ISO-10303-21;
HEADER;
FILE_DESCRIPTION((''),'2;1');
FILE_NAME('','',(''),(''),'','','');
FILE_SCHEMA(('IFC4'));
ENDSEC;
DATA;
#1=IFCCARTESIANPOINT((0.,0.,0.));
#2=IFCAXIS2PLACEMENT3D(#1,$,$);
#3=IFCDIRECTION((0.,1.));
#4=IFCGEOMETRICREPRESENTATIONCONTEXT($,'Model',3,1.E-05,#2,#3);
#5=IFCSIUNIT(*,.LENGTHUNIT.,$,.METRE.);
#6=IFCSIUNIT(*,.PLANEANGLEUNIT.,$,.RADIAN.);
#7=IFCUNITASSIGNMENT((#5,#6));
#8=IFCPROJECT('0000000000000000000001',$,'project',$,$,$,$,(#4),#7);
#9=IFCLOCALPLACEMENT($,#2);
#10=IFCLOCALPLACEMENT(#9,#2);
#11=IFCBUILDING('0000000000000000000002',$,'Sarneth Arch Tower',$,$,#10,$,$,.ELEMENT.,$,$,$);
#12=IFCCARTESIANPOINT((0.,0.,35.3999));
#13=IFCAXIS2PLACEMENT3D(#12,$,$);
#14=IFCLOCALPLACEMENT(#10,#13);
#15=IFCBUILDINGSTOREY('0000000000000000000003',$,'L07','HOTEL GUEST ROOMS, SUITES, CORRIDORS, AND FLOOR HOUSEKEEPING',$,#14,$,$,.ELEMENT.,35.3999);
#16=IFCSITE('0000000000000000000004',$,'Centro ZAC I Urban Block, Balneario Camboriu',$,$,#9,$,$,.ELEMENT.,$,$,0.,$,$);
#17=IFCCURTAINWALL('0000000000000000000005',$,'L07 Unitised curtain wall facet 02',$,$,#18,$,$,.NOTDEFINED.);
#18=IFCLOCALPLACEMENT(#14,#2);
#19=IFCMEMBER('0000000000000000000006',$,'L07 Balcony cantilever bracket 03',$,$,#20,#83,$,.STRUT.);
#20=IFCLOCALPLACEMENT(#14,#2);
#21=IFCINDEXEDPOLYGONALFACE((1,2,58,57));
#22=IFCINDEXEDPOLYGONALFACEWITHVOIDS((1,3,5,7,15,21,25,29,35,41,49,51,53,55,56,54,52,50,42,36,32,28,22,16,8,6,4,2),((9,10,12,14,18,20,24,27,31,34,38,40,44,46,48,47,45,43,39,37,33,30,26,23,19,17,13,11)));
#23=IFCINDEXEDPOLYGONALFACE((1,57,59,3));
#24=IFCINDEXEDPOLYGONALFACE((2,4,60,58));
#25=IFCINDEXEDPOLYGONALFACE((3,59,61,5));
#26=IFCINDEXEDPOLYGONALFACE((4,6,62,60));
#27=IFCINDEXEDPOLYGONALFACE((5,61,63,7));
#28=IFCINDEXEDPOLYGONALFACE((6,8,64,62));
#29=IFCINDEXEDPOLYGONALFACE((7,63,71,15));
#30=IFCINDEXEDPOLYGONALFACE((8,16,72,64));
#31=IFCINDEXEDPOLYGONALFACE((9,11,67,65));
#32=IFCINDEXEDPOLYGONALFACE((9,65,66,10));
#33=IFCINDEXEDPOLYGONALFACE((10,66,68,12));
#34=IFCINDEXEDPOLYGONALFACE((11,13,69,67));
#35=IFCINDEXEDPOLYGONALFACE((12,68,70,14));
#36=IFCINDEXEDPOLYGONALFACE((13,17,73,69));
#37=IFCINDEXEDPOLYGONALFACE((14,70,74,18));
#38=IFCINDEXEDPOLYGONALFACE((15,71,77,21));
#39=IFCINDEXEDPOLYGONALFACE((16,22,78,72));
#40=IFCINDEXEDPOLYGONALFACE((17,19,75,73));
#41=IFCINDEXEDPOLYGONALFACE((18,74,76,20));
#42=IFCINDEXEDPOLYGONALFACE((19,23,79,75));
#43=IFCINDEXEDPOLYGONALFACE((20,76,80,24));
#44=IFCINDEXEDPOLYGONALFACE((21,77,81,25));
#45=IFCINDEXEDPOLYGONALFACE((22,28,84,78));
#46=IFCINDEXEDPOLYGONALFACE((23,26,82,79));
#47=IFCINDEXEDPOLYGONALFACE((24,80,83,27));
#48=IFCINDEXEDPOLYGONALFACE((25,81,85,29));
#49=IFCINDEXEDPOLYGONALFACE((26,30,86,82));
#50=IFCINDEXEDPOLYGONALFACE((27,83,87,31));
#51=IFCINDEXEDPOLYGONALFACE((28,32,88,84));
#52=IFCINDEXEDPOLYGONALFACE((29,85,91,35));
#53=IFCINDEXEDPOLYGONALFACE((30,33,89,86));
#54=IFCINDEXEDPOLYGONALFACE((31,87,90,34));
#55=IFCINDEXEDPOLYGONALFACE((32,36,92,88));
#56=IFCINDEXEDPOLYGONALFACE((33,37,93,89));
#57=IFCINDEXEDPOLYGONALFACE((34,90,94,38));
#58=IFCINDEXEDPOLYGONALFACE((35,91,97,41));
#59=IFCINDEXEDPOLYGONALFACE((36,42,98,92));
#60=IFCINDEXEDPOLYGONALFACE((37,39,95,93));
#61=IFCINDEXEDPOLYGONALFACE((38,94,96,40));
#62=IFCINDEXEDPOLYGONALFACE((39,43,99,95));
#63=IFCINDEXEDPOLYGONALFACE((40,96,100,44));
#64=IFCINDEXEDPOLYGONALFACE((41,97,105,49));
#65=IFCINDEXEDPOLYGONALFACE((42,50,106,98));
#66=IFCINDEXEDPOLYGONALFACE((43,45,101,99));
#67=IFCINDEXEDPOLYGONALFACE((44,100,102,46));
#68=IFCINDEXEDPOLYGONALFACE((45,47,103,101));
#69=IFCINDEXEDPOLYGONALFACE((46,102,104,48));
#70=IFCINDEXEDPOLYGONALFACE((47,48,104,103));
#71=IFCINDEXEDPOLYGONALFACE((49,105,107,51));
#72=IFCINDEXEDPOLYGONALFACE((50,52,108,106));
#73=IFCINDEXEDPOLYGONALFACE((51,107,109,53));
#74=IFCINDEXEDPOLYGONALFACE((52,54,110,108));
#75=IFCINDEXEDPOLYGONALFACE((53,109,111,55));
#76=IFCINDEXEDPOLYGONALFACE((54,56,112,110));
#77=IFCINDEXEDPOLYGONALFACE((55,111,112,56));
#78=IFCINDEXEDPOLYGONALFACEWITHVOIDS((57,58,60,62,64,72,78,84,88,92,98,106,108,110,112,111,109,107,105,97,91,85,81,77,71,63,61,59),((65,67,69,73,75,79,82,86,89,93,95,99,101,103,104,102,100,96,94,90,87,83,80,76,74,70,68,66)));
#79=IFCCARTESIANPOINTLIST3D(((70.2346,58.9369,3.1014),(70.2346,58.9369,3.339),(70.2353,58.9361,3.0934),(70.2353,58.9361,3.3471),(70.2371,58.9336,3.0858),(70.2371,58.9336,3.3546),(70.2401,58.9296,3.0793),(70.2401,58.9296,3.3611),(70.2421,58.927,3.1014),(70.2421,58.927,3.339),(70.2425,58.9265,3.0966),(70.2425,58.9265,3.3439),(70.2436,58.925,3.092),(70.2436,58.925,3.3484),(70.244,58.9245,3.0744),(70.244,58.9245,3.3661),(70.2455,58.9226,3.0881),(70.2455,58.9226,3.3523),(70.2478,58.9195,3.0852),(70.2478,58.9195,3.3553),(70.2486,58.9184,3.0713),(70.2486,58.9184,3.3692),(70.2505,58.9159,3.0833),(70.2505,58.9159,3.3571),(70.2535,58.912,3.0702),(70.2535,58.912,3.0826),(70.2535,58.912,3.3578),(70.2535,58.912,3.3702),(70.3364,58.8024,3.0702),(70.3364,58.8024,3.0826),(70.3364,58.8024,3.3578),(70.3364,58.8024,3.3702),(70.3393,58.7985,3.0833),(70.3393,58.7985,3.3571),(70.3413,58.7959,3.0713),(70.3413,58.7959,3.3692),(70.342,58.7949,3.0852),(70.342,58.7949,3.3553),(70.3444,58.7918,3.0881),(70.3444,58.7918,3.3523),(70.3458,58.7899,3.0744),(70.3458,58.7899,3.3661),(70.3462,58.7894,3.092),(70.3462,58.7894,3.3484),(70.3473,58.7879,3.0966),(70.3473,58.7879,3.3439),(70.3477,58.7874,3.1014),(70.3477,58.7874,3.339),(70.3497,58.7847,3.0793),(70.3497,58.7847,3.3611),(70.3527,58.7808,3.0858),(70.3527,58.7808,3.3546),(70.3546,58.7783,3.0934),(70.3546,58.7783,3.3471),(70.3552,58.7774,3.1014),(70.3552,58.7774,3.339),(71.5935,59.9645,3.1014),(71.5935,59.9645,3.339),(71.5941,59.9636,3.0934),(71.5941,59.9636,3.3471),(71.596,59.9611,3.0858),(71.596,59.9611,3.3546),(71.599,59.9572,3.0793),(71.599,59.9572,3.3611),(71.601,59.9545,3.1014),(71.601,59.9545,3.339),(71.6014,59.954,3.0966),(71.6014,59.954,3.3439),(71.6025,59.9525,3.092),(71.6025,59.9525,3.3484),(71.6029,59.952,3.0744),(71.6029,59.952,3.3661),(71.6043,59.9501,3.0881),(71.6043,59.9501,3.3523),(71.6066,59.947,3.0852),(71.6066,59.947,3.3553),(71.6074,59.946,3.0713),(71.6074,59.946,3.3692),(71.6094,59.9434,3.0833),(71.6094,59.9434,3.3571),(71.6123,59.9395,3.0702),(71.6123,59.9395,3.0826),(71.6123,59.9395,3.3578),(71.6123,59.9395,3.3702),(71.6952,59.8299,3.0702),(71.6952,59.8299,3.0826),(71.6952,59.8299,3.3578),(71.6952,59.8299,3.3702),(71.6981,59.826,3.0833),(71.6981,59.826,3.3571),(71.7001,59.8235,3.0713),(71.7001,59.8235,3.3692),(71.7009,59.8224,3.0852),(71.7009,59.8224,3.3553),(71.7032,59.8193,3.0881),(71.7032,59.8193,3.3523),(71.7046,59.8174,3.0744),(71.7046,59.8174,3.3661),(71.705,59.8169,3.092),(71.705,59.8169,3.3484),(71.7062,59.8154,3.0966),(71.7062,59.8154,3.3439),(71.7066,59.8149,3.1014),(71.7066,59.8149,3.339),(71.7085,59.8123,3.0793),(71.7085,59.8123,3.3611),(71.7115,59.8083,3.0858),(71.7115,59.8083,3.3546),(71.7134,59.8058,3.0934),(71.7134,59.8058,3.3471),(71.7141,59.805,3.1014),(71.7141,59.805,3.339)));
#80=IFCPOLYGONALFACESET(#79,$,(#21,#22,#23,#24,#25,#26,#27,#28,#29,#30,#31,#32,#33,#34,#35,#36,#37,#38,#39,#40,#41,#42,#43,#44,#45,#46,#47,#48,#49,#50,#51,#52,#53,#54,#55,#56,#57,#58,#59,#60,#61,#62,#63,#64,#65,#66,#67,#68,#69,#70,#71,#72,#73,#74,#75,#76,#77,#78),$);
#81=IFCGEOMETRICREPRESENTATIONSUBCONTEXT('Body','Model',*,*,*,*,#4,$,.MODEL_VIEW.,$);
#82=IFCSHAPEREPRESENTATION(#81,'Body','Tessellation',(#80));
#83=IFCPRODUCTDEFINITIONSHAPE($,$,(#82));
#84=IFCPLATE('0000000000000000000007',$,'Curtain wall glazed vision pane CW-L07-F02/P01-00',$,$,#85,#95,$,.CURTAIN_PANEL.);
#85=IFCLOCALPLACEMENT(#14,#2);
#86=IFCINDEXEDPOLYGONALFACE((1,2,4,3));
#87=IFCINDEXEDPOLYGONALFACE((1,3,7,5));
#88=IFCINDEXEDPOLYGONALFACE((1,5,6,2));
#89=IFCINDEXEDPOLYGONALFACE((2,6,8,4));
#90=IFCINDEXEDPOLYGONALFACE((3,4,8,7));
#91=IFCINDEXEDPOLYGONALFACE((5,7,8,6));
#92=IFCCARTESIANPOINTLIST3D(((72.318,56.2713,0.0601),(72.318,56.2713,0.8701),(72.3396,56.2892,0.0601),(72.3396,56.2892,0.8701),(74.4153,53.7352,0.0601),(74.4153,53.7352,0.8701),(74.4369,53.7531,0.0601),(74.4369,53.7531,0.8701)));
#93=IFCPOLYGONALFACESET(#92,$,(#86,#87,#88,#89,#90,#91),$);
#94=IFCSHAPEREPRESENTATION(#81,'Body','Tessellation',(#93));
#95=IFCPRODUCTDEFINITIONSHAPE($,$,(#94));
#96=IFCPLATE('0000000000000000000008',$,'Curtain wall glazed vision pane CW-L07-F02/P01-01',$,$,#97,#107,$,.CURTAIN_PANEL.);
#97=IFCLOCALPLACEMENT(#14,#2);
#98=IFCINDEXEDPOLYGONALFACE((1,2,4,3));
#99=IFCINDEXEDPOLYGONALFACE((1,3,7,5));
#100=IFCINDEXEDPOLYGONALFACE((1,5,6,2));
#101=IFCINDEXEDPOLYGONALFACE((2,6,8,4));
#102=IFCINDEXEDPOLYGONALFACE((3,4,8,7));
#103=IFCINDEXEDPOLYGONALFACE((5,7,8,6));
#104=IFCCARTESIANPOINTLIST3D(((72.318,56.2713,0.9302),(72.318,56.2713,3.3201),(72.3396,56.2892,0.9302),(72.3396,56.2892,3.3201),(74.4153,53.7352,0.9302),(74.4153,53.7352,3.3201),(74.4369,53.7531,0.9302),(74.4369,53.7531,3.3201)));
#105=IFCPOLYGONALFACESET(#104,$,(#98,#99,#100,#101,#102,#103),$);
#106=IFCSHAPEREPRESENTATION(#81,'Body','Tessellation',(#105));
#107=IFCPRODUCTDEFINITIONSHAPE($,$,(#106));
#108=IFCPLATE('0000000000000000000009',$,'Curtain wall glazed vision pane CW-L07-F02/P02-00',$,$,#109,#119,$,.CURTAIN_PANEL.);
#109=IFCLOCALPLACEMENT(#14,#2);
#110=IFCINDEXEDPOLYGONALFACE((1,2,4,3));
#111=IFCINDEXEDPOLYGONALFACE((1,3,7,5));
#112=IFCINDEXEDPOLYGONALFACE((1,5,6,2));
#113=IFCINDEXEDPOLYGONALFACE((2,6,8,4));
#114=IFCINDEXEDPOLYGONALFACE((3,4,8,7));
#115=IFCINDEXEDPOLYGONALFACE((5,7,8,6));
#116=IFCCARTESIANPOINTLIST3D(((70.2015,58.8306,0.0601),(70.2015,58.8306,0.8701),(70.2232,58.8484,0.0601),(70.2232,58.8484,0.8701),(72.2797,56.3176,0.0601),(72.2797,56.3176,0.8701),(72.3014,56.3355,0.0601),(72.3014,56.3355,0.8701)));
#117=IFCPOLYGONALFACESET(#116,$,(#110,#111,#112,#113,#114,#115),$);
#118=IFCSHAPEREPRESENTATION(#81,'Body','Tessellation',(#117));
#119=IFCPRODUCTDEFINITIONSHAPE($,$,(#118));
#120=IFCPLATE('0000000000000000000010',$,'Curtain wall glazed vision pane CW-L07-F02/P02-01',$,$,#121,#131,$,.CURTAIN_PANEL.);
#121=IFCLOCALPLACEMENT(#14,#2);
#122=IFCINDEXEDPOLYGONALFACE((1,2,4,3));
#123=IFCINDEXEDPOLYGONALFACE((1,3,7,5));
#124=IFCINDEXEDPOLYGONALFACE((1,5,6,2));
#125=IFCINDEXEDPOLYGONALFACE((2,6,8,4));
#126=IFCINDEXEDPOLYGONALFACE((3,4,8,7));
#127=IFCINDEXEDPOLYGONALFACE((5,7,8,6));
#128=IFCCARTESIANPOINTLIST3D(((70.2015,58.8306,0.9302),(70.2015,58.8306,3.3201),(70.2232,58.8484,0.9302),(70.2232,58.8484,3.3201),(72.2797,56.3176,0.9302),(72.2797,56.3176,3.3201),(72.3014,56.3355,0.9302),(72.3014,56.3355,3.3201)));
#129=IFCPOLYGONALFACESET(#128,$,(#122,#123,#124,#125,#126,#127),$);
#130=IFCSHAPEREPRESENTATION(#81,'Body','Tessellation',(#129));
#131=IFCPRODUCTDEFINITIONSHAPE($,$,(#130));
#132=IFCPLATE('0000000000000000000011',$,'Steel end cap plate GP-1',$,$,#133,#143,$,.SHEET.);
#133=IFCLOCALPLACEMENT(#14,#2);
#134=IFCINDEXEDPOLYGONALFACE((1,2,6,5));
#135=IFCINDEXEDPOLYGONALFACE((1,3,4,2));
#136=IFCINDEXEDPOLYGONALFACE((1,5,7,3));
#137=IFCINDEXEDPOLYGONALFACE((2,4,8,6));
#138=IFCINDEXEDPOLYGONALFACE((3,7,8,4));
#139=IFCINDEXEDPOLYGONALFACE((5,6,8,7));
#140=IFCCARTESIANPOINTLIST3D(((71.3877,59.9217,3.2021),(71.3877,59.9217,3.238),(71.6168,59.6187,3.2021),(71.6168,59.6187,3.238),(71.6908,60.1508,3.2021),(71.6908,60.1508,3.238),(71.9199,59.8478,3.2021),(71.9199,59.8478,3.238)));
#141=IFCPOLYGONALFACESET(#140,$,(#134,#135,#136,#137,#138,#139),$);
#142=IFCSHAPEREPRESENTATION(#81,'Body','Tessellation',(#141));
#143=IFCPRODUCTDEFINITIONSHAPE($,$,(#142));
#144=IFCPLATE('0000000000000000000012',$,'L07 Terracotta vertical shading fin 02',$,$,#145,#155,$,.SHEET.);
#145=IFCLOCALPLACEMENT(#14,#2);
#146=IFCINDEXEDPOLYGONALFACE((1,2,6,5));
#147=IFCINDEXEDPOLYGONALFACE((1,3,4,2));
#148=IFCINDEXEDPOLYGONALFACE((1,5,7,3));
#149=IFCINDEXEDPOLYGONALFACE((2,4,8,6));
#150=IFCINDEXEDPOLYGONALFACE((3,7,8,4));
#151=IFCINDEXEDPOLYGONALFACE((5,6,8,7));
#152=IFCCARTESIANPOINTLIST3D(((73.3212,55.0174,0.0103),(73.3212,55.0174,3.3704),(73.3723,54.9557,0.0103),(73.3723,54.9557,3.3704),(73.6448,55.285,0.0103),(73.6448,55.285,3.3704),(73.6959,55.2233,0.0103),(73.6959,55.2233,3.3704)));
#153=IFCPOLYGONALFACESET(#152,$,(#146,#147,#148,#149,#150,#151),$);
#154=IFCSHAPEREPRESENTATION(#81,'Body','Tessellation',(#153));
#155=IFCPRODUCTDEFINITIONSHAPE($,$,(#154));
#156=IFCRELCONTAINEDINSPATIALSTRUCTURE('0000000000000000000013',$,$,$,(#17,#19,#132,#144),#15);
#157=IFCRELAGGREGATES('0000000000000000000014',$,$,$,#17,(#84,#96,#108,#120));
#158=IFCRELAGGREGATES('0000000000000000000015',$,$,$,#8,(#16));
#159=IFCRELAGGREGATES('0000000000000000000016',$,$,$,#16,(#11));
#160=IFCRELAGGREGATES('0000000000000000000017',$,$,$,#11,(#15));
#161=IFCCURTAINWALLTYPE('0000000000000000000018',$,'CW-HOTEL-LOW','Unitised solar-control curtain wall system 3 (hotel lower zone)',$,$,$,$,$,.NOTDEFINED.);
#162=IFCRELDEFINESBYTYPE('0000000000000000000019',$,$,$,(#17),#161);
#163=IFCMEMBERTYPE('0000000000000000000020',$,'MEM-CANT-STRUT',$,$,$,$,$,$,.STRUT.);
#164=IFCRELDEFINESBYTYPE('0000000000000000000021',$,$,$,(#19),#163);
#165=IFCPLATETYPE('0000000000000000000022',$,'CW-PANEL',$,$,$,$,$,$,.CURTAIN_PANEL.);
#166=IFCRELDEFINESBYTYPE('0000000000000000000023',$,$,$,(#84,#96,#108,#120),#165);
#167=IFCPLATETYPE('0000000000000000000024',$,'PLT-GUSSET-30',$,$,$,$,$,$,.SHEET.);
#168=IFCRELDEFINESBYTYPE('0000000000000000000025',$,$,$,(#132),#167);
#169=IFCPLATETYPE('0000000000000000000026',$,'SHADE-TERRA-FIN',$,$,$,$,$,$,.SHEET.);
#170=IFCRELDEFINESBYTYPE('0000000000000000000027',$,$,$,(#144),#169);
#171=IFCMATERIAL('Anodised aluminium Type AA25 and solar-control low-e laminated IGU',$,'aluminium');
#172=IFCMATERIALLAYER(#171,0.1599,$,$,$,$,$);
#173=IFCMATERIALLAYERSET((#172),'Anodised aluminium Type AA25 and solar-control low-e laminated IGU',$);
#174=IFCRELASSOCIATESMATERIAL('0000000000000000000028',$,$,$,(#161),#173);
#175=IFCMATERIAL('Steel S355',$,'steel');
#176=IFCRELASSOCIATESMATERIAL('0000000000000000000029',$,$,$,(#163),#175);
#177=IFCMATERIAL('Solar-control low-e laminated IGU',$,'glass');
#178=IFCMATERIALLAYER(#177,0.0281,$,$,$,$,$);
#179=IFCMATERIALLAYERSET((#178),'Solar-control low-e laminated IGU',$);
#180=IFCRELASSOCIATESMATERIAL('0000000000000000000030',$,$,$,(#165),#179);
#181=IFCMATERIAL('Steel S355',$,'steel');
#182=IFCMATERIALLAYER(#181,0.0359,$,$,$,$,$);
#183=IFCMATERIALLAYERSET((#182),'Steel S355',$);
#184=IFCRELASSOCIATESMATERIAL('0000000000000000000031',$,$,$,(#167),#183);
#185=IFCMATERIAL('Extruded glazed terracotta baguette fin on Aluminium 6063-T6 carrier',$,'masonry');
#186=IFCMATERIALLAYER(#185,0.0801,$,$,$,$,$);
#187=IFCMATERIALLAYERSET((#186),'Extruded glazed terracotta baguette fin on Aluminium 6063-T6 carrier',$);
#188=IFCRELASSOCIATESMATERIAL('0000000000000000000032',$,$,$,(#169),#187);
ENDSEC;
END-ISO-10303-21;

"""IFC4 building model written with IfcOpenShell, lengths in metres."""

from ifc_helpers import new_model, si_unit, direction, frame, origin, origin_2d, place, context, subcontext, project, spatial, rectangle, hollow_rectangle, extrude, material, layer, layer_set, material_profile, profile_set, type_object, element, aggregate, save


model = new_model("IFC4")

# Units and contexts
model_context = context("Model", 3, precision=1e-05, world=origin(), true_north=direction((0.0, 1.0)))
body_context = subcontext(model_context, "Body", "Model", "MODEL_VIEW")
ifc_project = project(units=[si_unit("LENGTHUNIT", "METRE"), si_unit("PLANEANGLEUNIT", "RADIAN")], contexts=[model_context])

# Site, building, storey
site_placement = place(None, origin())
site = spatial("IfcSite", under=ifc_project, at=site_placement, Name="Centro ZAC I Urban Block, Balneario Camboriu", CompositionType="ELEMENT", RefElevation=0.0)
building_placement = place(site_placement, origin())
building = spatial("IfcBuilding", under=site, at=building_placement, Name="Sarneth Arch Tower", CompositionType="ELEMENT")
storey_placement = place(building_placement, frame((0.0, 0.0, 35.3999)))
storey = spatial("IfcBuildingStorey", under=building, at=storey_placement, Name="L07", Description="HOTEL GUEST ROOMS, SUITES, CORRIDORS, AND FLOOR HOUSEKEEPING", CompositionType="ELEMENT", Elevation=35.3999)

# Curtain wall
ifc_material_1 = material(Name="Anodised aluminium Type AA25 and solar-control low-e laminated IGU", Category="aluminium")
ifc_layer_1 = layer(ifc_material_1, 0.1599)
ifc_layer_set_1 = layer_set([ifc_layer_1], Name="Anodised aluminium Type AA25 and solar-control low-e laminated IGU")
curtain_wall_type = type_object("IfcCurtainWallType", Name="CW-HOTEL-LOW", Description="Unitised solar-control curtain wall system 3 (hotel lower zone)", PredefinedType="NOTDEFINED", material=ifc_layer_set_1)
curtain_wall_placement = place(storey_placement, origin())
curtain_wall = element("IfcCurtainWall", 1, at=curtain_wall_placement, inside=storey, type_object=curtain_wall_type, Name="L07 Unitised curtain wall facet 02", PredefinedType="NOTDEFINED")

# Member
ifc_material_2 = material(Name="Steel S355", Category="steel")
ifc_material_profile_1 = material_profile(ifc_material_2, hollow_rectangle(XDim=0.2, YDim=0.3, WallThickness=0.0125, InnerFilletRadius=0.0188, OuterFilletRadius=0.0312, at=origin_2d()), Name="RHS300x200x12.5")
ifc_profile_set_1 = profile_set([ifc_material_profile_1], Name="Steel S355")
member_type_1 = type_object("IfcMemberType", Name="MEM-CANT-STRUT", PredefinedType="STRUT", material=ifc_profile_set_1)
member_1_placement = place(storey_placement, frame((70.2949, 58.8572, 3.2202), z_axis=(0.797621, 0.603159, 0.0), x_axis=(-0.603159, 0.797621, 0.0)))
element("IfcMember", 2, at=member_1_placement, inside=storey, type_object=member_type_1, Name="L07 Balcony cantilever bracket 03", PredefinedType="STRUT", context=body_context, shape_type="SweptSolid", body=[
    extrude(hollow_rectangle(XDim=0.2, YDim=0.3, WallThickness=0.0125, InnerFilletRadius=0.0188, OuterFilletRadius=0.0312, at=origin_2d()), origin(), (0.0, 0.0, 1.0), 1.7036),
])

# Plates
ifc_material_3 = material(Name="Solar-control low-e laminated IGU", Category="glass")
ifc_layer_2 = layer(ifc_material_3, 0.0281)
ifc_layer_set_2 = layer_set([ifc_layer_2], Name="Solar-control low-e laminated IGU")
plate_type_1 = type_object("IfcPlateType", Name="CW-PANEL", PredefinedType="CURTAIN_PANEL", material=ifc_layer_set_2)
plate_1_placement = place(storey_placement, frame((73.3774, 55.0122, 0.0601), z_axis=(0.0, 0.0, 1.0), x_axis=(-0.637291, 0.770623, 0.0)))
plate_1 = element("IfcPlate", 3, at=plate_1_placement, type_object=plate_type_1, Name="Curtain wall glazed vision pane CW-L07-F02/P01-00", PredefinedType="CURTAIN_PANEL", context=body_context, shape_type="SweptSolid", body=[
    extrude(rectangle(XDim=3.291, YDim=0.0281, at=origin_2d()), origin(), (0.0, 0.0, 1.0), 0.8101),
])
plate_2_placement = place(storey_placement, frame((73.3774, 55.0122, 0.9302), z_axis=(0.0, 0.0, 1.0), x_axis=(-0.637291, 0.770623, 0.0)))
plate_2 = element("IfcPlate", 4, at=plate_2_placement, type_object=plate_type_1, Name="Curtain wall glazed vision pane CW-L07-F02/P01-01", PredefinedType="CURTAIN_PANEL", context=body_context, shape_type="SweptSolid", body=[
    extrude(rectangle(XDim=3.291, YDim=0.0281, at=origin_2d()), origin(), (0.0, 0.0, 1.0), 2.3899),
])
plate_3_placement = place(storey_placement, frame((71.2515, 57.583, 0.0601), z_axis=(0.0, 0.0, 1.0), x_axis=(-0.637291, 0.770623, 0.0)))
plate_3 = element("IfcPlate", 5, at=plate_3_placement, type_object=plate_type_1, Name="Curtain wall glazed vision pane CW-L07-F02/P02-00", PredefinedType="CURTAIN_PANEL", context=body_context, shape_type="SweptSolid", body=[
    extrude(rectangle(XDim=3.261, YDim=0.0281, at=origin_2d()), origin(), (0.0, 0.0, 1.0), 0.8101),
])
plate_4_placement = place(storey_placement, frame((71.2515, 57.583, 0.9302), z_axis=(0.0, 0.0, 1.0), x_axis=(-0.637291, 0.770623, 0.0)))
plate_4 = element("IfcPlate", 6, at=plate_4_placement, type_object=plate_type_1, Name="Curtain wall glazed vision pane CW-L07-F02/P02-01", PredefinedType="CURTAIN_PANEL", context=body_context, shape_type="SweptSolid", body=[
    extrude(rectangle(XDim=3.261, YDim=0.0281, at=origin_2d()), origin(), (0.0, 0.0, 1.0), 2.3899),
])
aggregate(curtain_wall, [plate_1, plate_2, plate_3, plate_4])

# Plates
ifc_material_4 = material(Name="Steel S355", Category="steel")
ifc_layer_3 = layer(ifc_material_4, 0.0359)
ifc_layer_set_3 = layer_set([ifc_layer_3], Name="Steel S355")
plate_type_2 = type_object("IfcPlateType", Name="PLT-GUSSET-30", PredefinedType="SHEET", material=ifc_layer_set_3)
plate_5_placement = place(storey_placement, frame((71.6538, 59.8848, 3.2021), z_axis=(0.0, 0.0, 1.0), x_axis=(0.797689, 0.603069, 0.0)))
element("IfcPlate", 7, at=plate_5_placement, inside=storey, type_object=plate_type_2, Name="Steel end cap plate GP-1", PredefinedType="SHEET", context=body_context, shape_type="SweptSolid", body=[
    extrude(rectangle(XDim=0.3799, YDim=0.3799, at=origin_2d()), origin(), (0.0, 0.0, 1.0), 0.0359),
])
ifc_material_5 = material(Name="Extruded glazed terracotta baguette fin on Aluminium 6063-T6 carrier", Category="masonry")
ifc_layer_4 = layer(ifc_material_5, 0.0801)
ifc_layer_set_4 = layer_set([ifc_layer_4], Name="Extruded glazed terracotta baguette fin on Aluminium 6063-T6 carrier")
plate_type_3 = type_object("IfcPlateType", Name="SHADE-TERRA-FIN", PredefinedType="SHEET", material=ifc_layer_set_4)
plate_6_placement = place(storey_placement, frame((73.5085, 55.1204, 0.0103), z_axis=(0.0, 0.0, 1.0), x_axis=(0.770624, 0.63729, 0.0)))
element("IfcPlate", 8, at=plate_6_placement, inside=storey, type_object=plate_type_3, Name="L07 Terracotta vertical shading fin 02", PredefinedType="SHEET", context=body_context, shape_type="SweptSolid", body=[
    extrude(rectangle(XDim=0.4199, YDim=0.0801, at=origin_2d()), origin(), (0.0, 0.0, 1.0), 3.3601),
])

save(model, "model.ifc")
